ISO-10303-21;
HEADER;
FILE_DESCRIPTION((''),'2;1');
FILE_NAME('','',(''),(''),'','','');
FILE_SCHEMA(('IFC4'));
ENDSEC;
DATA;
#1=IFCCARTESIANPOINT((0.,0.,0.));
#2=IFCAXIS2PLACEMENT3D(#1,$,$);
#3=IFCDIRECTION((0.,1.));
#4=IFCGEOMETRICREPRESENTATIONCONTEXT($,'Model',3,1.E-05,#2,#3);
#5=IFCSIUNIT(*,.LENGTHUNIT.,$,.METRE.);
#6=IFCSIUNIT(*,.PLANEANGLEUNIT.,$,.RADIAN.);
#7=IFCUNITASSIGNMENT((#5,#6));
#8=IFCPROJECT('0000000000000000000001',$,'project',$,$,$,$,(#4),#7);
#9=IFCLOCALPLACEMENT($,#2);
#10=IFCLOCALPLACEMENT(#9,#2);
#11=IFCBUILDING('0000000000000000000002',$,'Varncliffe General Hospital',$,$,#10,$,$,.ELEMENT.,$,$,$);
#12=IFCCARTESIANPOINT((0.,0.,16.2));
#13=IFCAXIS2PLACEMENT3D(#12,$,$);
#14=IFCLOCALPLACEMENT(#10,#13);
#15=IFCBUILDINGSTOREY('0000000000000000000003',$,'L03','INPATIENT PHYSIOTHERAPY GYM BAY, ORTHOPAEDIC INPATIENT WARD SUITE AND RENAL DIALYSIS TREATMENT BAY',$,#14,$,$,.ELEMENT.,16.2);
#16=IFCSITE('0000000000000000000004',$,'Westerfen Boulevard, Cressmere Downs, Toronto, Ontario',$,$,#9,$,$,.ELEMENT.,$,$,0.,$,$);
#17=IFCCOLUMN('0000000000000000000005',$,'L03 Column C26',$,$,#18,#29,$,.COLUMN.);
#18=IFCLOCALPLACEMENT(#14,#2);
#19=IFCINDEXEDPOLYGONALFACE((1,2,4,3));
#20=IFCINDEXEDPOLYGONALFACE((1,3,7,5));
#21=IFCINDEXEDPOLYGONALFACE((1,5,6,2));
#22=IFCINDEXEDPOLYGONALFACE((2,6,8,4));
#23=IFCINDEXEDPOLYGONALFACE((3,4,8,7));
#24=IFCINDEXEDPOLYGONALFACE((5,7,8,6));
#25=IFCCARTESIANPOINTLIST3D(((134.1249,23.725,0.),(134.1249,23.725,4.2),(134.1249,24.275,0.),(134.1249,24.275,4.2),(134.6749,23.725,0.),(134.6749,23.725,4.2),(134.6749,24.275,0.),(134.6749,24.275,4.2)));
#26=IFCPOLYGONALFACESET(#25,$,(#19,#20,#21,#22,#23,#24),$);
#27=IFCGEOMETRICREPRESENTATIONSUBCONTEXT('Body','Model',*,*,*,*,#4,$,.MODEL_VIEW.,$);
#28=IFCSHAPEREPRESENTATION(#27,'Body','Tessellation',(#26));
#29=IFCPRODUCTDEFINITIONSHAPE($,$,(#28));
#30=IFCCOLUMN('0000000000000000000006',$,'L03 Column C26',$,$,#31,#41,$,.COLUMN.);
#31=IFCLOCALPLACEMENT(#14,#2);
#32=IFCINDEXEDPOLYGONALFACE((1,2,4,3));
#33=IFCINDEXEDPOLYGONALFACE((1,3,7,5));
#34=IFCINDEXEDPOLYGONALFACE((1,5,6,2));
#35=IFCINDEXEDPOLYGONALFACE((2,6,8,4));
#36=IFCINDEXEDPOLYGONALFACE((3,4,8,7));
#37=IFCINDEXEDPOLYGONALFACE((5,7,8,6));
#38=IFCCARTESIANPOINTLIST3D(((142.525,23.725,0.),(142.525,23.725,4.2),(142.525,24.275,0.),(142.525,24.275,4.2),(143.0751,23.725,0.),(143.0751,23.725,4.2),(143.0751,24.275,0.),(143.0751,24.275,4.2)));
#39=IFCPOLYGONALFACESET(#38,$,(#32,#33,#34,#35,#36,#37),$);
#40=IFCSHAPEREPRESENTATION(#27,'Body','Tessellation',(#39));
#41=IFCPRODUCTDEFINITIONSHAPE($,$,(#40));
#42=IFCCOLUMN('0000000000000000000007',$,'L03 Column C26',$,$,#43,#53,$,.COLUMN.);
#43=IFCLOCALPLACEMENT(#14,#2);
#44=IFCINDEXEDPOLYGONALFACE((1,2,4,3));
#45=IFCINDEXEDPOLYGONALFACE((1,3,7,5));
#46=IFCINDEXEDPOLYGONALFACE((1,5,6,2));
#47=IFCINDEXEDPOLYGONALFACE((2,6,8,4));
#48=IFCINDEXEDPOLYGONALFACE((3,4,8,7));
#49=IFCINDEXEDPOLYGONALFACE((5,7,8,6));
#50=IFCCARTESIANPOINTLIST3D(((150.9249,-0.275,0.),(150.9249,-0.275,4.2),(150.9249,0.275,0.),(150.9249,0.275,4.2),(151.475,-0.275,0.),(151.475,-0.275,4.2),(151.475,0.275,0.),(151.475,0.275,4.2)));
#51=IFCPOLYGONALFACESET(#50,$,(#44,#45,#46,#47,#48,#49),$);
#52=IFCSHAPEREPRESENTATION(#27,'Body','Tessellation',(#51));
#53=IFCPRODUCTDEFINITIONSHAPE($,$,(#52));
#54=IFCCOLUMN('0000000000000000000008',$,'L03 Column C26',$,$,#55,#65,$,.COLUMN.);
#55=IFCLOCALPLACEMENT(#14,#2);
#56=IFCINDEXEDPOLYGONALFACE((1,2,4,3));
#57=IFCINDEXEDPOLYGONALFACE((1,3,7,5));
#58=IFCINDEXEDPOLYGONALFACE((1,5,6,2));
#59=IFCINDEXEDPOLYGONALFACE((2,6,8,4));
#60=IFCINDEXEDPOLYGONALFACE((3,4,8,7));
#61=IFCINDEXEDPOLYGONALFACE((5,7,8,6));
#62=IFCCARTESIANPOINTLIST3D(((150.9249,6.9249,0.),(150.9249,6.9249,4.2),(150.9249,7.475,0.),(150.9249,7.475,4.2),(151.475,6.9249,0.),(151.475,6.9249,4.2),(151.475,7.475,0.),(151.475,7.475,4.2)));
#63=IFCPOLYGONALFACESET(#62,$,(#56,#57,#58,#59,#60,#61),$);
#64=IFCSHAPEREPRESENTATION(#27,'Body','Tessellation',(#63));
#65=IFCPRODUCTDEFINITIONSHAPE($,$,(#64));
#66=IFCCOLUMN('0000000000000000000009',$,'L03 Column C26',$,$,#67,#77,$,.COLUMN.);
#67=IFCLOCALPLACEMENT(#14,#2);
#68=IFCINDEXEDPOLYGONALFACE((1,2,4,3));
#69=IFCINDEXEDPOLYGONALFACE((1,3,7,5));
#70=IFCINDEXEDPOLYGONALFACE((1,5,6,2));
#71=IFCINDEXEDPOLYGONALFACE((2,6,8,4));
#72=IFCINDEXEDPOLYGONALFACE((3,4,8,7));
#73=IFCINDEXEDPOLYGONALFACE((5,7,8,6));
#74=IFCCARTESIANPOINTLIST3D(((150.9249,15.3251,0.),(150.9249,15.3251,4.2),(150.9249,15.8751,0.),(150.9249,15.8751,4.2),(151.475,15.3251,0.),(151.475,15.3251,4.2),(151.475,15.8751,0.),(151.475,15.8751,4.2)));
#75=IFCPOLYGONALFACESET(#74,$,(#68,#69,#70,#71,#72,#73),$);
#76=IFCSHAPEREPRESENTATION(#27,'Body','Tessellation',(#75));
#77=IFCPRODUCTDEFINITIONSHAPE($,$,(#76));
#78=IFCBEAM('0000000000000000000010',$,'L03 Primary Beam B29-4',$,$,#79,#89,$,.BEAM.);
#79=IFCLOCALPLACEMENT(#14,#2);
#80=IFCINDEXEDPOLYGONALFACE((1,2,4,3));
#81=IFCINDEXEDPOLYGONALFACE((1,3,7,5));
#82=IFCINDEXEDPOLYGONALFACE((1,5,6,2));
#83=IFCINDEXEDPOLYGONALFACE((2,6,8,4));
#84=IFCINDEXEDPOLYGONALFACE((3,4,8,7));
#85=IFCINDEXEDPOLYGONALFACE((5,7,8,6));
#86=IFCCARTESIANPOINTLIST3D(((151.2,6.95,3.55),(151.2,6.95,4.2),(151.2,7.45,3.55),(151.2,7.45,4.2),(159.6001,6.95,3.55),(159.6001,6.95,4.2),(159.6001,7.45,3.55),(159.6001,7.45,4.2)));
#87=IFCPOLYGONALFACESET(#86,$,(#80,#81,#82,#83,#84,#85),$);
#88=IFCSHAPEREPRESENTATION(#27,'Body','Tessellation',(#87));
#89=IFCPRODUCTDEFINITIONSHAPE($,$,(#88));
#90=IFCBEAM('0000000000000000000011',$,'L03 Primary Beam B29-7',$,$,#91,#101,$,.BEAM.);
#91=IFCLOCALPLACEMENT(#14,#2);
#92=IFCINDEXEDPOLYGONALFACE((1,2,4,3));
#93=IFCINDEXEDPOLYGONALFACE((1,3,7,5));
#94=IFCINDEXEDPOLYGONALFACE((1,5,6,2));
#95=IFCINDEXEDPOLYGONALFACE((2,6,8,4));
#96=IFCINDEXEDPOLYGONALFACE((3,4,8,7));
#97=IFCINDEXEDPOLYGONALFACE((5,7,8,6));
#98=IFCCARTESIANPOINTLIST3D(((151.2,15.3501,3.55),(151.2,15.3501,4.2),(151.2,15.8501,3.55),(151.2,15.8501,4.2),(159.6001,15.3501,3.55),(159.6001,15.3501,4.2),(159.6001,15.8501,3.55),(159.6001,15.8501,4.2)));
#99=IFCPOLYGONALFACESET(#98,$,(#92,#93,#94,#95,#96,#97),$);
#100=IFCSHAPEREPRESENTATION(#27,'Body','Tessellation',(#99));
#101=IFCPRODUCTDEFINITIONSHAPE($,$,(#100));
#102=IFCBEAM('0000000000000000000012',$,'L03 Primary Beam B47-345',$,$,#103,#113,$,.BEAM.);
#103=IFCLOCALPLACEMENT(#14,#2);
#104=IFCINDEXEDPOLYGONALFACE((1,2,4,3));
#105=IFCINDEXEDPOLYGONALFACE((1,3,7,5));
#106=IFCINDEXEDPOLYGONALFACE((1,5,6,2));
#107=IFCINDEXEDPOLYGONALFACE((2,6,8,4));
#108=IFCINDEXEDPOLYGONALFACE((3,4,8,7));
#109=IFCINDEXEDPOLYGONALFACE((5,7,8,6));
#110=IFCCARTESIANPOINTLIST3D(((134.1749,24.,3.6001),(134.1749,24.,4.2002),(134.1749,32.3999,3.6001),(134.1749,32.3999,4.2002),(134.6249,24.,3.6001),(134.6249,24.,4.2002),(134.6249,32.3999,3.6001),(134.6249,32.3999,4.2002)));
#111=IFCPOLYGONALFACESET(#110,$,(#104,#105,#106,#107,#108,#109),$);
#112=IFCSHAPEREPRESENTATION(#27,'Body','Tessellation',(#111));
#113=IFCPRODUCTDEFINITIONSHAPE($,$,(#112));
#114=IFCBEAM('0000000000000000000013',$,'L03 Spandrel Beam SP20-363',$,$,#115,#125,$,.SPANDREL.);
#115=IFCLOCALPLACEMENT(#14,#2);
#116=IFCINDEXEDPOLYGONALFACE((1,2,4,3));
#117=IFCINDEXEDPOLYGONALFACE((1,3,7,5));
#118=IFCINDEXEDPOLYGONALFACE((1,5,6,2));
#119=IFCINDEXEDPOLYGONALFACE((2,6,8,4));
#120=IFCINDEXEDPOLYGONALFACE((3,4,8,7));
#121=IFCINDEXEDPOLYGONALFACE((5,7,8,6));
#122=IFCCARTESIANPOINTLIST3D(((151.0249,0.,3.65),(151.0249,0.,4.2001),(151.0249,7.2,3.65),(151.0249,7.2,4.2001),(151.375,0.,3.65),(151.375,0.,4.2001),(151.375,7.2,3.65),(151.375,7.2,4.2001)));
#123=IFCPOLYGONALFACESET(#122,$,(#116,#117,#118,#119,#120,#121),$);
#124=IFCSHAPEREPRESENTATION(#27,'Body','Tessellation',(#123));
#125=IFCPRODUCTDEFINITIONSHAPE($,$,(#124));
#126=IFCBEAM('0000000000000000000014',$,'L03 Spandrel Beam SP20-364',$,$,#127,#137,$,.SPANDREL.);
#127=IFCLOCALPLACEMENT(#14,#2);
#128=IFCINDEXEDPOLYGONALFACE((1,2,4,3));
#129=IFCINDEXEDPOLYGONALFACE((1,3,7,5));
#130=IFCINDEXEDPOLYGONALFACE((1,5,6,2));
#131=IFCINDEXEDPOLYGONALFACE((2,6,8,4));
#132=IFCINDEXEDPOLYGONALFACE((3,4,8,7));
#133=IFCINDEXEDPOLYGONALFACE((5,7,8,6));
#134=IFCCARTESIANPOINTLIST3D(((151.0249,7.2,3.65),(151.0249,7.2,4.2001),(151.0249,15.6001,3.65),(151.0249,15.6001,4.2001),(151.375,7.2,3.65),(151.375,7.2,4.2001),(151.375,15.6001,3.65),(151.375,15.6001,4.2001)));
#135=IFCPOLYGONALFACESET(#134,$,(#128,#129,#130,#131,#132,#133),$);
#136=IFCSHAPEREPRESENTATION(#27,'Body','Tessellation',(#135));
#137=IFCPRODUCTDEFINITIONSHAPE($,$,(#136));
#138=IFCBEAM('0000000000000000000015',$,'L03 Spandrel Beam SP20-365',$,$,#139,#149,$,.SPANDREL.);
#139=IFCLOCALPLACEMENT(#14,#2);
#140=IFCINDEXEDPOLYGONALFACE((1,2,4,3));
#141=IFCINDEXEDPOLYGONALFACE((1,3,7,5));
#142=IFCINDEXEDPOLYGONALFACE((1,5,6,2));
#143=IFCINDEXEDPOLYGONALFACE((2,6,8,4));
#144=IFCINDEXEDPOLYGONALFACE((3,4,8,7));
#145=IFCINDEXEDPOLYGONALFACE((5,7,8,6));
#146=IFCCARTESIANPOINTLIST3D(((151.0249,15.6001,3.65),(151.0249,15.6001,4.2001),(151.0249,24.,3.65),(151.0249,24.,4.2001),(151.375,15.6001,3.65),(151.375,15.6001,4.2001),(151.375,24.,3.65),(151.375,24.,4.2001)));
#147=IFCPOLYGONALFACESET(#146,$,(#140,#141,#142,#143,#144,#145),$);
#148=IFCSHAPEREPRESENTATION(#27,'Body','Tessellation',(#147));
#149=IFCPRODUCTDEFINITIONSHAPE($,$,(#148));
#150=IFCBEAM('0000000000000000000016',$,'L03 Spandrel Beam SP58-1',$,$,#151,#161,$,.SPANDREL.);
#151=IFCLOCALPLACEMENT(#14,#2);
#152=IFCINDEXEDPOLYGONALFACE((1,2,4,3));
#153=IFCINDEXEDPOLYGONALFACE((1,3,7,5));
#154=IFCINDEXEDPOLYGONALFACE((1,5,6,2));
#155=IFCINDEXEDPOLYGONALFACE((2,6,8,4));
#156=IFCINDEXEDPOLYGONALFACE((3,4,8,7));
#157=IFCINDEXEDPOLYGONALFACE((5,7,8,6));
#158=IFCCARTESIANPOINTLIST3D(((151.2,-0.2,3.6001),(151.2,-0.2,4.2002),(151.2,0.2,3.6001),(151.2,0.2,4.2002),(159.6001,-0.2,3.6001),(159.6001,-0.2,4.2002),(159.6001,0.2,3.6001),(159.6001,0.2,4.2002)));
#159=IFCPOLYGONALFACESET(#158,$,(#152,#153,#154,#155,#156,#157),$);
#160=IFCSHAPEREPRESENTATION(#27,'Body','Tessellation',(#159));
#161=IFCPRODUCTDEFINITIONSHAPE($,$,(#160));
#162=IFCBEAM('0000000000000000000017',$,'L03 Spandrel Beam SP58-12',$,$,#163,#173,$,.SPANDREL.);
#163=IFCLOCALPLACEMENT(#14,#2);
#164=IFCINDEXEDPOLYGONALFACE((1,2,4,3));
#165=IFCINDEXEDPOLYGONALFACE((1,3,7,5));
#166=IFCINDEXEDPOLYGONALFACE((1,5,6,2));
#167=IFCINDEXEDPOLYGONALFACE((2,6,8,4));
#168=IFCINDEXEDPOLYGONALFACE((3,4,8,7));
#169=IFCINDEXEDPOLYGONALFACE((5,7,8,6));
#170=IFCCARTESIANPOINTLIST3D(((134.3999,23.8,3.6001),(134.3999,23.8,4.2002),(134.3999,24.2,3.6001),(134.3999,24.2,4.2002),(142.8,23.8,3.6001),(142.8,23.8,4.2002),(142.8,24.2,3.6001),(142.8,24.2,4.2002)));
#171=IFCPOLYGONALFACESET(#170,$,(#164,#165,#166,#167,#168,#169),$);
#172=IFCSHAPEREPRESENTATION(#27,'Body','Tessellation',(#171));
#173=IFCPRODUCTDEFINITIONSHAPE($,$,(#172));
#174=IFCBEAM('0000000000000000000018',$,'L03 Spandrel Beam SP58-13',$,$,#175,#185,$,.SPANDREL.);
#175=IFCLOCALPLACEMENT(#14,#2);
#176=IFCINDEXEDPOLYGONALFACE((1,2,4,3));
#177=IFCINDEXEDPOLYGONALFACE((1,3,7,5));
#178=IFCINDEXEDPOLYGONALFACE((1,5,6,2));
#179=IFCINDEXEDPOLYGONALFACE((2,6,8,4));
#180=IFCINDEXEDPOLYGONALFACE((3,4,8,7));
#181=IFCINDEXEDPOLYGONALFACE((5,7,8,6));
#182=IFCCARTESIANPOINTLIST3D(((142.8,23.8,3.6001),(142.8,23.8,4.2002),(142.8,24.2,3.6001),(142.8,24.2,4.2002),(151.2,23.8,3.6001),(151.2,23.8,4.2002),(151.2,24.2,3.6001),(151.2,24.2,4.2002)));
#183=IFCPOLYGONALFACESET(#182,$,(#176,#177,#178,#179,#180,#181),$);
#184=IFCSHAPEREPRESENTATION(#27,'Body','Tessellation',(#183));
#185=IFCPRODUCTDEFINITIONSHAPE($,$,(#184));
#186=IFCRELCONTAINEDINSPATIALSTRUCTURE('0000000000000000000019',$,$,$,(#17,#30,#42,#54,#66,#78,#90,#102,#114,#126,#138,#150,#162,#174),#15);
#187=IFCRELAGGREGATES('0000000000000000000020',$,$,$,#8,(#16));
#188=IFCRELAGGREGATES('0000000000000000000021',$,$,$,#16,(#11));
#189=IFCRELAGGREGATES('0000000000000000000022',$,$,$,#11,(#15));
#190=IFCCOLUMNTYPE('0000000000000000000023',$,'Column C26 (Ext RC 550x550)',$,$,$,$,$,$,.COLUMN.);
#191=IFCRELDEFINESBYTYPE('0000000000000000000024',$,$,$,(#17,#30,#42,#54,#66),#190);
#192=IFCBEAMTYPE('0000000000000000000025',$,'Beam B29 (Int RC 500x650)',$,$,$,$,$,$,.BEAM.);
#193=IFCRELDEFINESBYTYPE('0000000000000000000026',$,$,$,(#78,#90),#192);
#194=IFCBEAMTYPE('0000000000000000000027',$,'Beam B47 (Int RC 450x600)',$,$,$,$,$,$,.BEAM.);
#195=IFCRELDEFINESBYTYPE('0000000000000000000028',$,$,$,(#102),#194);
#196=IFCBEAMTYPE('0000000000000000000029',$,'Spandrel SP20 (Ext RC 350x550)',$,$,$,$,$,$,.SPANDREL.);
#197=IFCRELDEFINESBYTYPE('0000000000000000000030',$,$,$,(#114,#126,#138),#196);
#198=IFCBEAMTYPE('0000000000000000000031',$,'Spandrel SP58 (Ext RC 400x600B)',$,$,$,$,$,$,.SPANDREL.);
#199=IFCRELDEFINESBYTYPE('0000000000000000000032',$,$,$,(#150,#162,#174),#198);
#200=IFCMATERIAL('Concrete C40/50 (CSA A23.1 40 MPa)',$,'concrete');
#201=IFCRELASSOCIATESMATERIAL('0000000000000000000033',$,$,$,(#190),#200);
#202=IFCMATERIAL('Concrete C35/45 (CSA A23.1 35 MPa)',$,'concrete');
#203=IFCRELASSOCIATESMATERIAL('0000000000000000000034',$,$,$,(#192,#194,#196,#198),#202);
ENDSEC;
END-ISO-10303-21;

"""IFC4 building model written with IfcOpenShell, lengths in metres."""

from ifc_helpers import new_model, si_unit, direction, frame, origin, origin_2d, place, context, subcontext, project, spatial, rectangle, extrude, material, material_profile, profile_set, type_object, element, save


model = new_model("IFC4")

# Units and contexts
model_context = context("Model", 3, precision=1e-05, world=origin(), true_north=direction((0.0, 1.0)))
body_context = subcontext(model_context, "Body", "Model", "MODEL_VIEW")
ifc_project = project(units=[si_unit("LENGTHUNIT", "METRE"), si_unit("PLANEANGLEUNIT", "RADIAN")], contexts=[model_context])

# Site, building, storey
site_placement = place(None, origin())
site = spatial("IfcSite", under=ifc_project, at=site_placement, Name="Westerfen Boulevard, Cressmere Downs, Toronto, Ontario", CompositionType="ELEMENT", RefElevation=0.0)
building_placement = place(site_placement, origin())
building = spatial("IfcBuilding", under=site, at=building_placement, Name="Varncliffe General Hospital", CompositionType="ELEMENT")
storey_placement = place(building_placement, frame((0.0, 0.0, 16.2)))
storey = spatial("IfcBuildingStorey", under=building, at=storey_placement, Name="L03", Description="INPATIENT PHYSIOTHERAPY GYM BAY, ORTHOPAEDIC INPATIENT WARD SUITE AND RENAL DIALYSIS TREATMENT BAY", CompositionType="ELEMENT", Elevation=16.2)

# Columns
ifc_material_1 = material(Name="Concrete C40/50 (CSA A23.1 40 MPa)", Category="concrete")
ifc_material_profile_1 = material_profile(ifc_material_1, rectangle(XDim=0.55, YDim=0.55, at=origin_2d()), Name="RC 550x550")
ifc_profile_set_1 = profile_set([ifc_material_profile_1], Name="Concrete C40/50 (CSA A23.1 40 MPa)")
column_type = type_object("IfcColumnType", Name="Column C26 (Ext RC 550x550)", PredefinedType="COLUMN", material=ifc_profile_set_1)
for number, where, z_axis, x_axis, name in (
    (1, (134.3999, 24.0, 0.0), (0.0, 0.0, 1.0), (1.0, 0.0, 0.0), "L03 Column C26"),
    (2, (142.8, 24.0, 0.0), (0.0, 0.0, 1.0), (1.0, 0.0, 0.0), "L03 Column C26"),
    (3, (151.2, 0.0, 0.0), (0.0, 0.0, 1.0), (1.0, 0.0, 0.0), "L03 Column C26"),
    (4, (151.2, 7.2, 0.0), (0.0, 0.0, 1.0), (1.0, 0.0, 0.0), "L03 Column C26"),
    (5, (151.2, 15.6001, 0.0), (0.0, 0.0, 1.0), (1.0, 0.0, 0.0), "L03 Column C26"),
):
    element("IfcColumn", number, at=place(storey_placement, frame(where, z_axis=z_axis, x_axis=x_axis)), inside=storey, type_object=column_type, Name=name, PredefinedType="COLUMN", context=body_context, shape_type="SweptSolid", body=[
        extrude(rectangle(XDim=0.55, YDim=0.55, at=origin_2d()), origin(), (0.0, 0.0, 1.0), 4.2),
    ])

# Beams
ifc_material_2 = material(Name="Concrete C35/45 (CSA A23.1 35 MPa)", Category="concrete")
ifc_material_profile_2 = material_profile(ifc_material_2, rectangle(XDim=0.5, YDim=0.6499, at=origin_2d()), Name="RC 500x650")
ifc_profile_set_2 = profile_set([ifc_material_profile_2], Name="Concrete C35/45 (CSA A23.1 35 MPa)")
beam_type_1 = type_object("IfcBeamType", Name="Beam B29 (Int RC 500x650)", PredefinedType="BEAM", material=ifc_profile_set_2)
for number, where, z_axis, x_axis, name in (
    (6, (151.2, 7.2, 3.875), (1.0, 0.0, 0.0), (0.0, 1.0, 0.0), "L03 Primary Beam B29-4"),
    (7, (151.2, 15.6001, 3.875), (1.0, 0.0, 0.0), (0.0, 1.0, 0.0), "L03 Primary Beam B29-7"),
):
    element("IfcBeam", number, at=place(storey_placement, frame(where, z_axis=z_axis, x_axis=x_axis)), inside=storey, type_object=beam_type_1, Name=name, PredefinedType="BEAM", context=body_context, shape_type="SweptSolid", body=[
        extrude(rectangle(XDim=0.5, YDim=0.6499, at=origin_2d()), origin(), (0.0, 0.0, 1.0), 8.4001),
    ])
ifc_material_profile_3 = material_profile(ifc_material_2, rectangle(XDim=0.45, YDim=0.6001, at=origin_2d()), Name="RC 450x600")
ifc_profile_set_3 = profile_set([ifc_material_profile_3], Name="Concrete C35/45 (CSA A23.1 35 MPa)")
beam_type_2 = type_object("IfcBeamType", Name="Beam B47 (Int RC 450x600)", PredefinedType="BEAM", material=ifc_profile_set_3)
beam_1_placement = place(storey_placement, frame((134.3999, 24.0, 3.9001), z_axis=(0.0, 1.0, 0.0), x_axis=(-1.0, 0.0, 0.0)))
element("IfcBeam", 8, at=beam_1_placement, inside=storey, type_object=beam_type_2, Name="L03 Primary Beam B47-345", PredefinedType="BEAM", context=body_context, shape_type="SweptSolid", body=[
    extrude(rectangle(XDim=0.45, YDim=0.6001, at=origin_2d()), origin(), (0.0, 0.0, 1.0), 8.3999),
])
ifc_material_profile_4 = material_profile(ifc_material_2, rectangle(XDim=0.3501, YDim=0.55, at=origin_2d()), Name="RC 350x550")
ifc_profile_set_4 = profile_set([ifc_material_profile_4], Name="Concrete C35/45 (CSA A23.1 35 MPa)")
beam_type_3 = type_object("IfcBeamType", Name="Spandrel SP20 (Ext RC 350x550)", PredefinedType="SPANDREL", material=ifc_profile_set_4)
beam_2_placement = place(storey_placement, frame((151.2, 0.0, 3.925), z_axis=(0.0, 1.0, 0.0), x_axis=(-1.0, 0.0, 0.0)))
element("IfcBeam", 9, at=beam_2_placement, inside=storey, type_object=beam_type_3, Name="L03 Spandrel Beam SP20-363", PredefinedType="SPANDREL", context=body_context, shape_type="SweptSolid", body=[
    extrude(rectangle(XDim=0.3501, YDim=0.55, at=origin_2d()), origin(), (0.0, 0.0, 1.0), 7.2),
])
beam_3_placement = place(storey_placement, frame((151.2, 7.2, 3.925), z_axis=(0.0, 1.0, 0.0), x_axis=(-1.0, 0.0, 0.0)))
element("IfcBeam", 10, at=beam_3_placement, inside=storey, type_object=beam_type_3, Name="L03 Spandrel Beam SP20-364", PredefinedType="SPANDREL", context=body_context, shape_type="SweptSolid", body=[
    extrude(rectangle(XDim=0.3501, YDim=0.55, at=origin_2d()), origin(), (0.0, 0.0, 1.0), 8.4001),
])
beam_4_placement = place(storey_placement, frame((151.2, 15.6001, 3.925), z_axis=(0.0, 1.0, 0.0), x_axis=(-1.0, 0.0, 0.0)))
element("IfcBeam", 11, at=beam_4_placement, inside=storey, type_object=beam_type_3, Name="L03 Spandrel Beam SP20-365", PredefinedType="SPANDREL", context=body_context, shape_type="SweptSolid", body=[
    extrude(rectangle(XDim=0.3501, YDim=0.55, at=origin_2d()), origin(), (0.0, 0.0, 1.0), 8.3999),
])
ifc_material_profile_5 = material_profile(ifc_material_2, rectangle(XDim=0.3999, YDim=0.6001, at=origin_2d()), Name="RC 400x600")
ifc_profile_set_5 = profile_set([ifc_material_profile_5], Name="Concrete C35/45 (CSA A23.1 35 MPa)")
beam_type_4 = type_object("IfcBeamType", Name="Spandrel SP58 (Ext RC 400x600B)", PredefinedType="SPANDREL", material=ifc_profile_set_5)
for number, where, z_axis, x_axis, name in (
    (12, (151.2, 0.0, 3.9001), (1.0, 0.0, 0.0), (0.0, 1.0, 0.0), "L03 Spandrel Beam SP58-1"),
    (13, (134.3999, 24.0, 3.9001), (1.0, 0.0, 0.0), (0.0, 1.0, 0.0), "L03 Spandrel Beam SP58-12"),
):
    element("IfcBeam", number, at=place(storey_placement, frame(where, z_axis=z_axis, x_axis=x_axis)), inside=storey, type_object=beam_type_4, Name=name, PredefinedType="SPANDREL", context=body_context, shape_type="SweptSolid", body=[
        extrude(rectangle(XDim=0.3999, YDim=0.6001, at=origin_2d()), origin(), (0.0, 0.0, 1.0), 8.4001),
    ])
beam_5_placement = place(storey_placement, frame((142.8, 24.0, 3.9001), z_axis=(1.0, 0.0, 0.0), x_axis=(0.0, 1.0, 0.0)))
element("IfcBeam", 14, at=beam_5_placement, inside=storey, type_object=beam_type_4, Name="L03 Spandrel Beam SP58-13", PredefinedType="SPANDREL", context=body_context, shape_type="SweptSolid", body=[
    extrude(rectangle(XDim=0.3999, YDim=0.6001, at=origin_2d()), origin(), (0.0, 0.0, 1.0), 8.3999),
])

save(model, "model.ifc")
